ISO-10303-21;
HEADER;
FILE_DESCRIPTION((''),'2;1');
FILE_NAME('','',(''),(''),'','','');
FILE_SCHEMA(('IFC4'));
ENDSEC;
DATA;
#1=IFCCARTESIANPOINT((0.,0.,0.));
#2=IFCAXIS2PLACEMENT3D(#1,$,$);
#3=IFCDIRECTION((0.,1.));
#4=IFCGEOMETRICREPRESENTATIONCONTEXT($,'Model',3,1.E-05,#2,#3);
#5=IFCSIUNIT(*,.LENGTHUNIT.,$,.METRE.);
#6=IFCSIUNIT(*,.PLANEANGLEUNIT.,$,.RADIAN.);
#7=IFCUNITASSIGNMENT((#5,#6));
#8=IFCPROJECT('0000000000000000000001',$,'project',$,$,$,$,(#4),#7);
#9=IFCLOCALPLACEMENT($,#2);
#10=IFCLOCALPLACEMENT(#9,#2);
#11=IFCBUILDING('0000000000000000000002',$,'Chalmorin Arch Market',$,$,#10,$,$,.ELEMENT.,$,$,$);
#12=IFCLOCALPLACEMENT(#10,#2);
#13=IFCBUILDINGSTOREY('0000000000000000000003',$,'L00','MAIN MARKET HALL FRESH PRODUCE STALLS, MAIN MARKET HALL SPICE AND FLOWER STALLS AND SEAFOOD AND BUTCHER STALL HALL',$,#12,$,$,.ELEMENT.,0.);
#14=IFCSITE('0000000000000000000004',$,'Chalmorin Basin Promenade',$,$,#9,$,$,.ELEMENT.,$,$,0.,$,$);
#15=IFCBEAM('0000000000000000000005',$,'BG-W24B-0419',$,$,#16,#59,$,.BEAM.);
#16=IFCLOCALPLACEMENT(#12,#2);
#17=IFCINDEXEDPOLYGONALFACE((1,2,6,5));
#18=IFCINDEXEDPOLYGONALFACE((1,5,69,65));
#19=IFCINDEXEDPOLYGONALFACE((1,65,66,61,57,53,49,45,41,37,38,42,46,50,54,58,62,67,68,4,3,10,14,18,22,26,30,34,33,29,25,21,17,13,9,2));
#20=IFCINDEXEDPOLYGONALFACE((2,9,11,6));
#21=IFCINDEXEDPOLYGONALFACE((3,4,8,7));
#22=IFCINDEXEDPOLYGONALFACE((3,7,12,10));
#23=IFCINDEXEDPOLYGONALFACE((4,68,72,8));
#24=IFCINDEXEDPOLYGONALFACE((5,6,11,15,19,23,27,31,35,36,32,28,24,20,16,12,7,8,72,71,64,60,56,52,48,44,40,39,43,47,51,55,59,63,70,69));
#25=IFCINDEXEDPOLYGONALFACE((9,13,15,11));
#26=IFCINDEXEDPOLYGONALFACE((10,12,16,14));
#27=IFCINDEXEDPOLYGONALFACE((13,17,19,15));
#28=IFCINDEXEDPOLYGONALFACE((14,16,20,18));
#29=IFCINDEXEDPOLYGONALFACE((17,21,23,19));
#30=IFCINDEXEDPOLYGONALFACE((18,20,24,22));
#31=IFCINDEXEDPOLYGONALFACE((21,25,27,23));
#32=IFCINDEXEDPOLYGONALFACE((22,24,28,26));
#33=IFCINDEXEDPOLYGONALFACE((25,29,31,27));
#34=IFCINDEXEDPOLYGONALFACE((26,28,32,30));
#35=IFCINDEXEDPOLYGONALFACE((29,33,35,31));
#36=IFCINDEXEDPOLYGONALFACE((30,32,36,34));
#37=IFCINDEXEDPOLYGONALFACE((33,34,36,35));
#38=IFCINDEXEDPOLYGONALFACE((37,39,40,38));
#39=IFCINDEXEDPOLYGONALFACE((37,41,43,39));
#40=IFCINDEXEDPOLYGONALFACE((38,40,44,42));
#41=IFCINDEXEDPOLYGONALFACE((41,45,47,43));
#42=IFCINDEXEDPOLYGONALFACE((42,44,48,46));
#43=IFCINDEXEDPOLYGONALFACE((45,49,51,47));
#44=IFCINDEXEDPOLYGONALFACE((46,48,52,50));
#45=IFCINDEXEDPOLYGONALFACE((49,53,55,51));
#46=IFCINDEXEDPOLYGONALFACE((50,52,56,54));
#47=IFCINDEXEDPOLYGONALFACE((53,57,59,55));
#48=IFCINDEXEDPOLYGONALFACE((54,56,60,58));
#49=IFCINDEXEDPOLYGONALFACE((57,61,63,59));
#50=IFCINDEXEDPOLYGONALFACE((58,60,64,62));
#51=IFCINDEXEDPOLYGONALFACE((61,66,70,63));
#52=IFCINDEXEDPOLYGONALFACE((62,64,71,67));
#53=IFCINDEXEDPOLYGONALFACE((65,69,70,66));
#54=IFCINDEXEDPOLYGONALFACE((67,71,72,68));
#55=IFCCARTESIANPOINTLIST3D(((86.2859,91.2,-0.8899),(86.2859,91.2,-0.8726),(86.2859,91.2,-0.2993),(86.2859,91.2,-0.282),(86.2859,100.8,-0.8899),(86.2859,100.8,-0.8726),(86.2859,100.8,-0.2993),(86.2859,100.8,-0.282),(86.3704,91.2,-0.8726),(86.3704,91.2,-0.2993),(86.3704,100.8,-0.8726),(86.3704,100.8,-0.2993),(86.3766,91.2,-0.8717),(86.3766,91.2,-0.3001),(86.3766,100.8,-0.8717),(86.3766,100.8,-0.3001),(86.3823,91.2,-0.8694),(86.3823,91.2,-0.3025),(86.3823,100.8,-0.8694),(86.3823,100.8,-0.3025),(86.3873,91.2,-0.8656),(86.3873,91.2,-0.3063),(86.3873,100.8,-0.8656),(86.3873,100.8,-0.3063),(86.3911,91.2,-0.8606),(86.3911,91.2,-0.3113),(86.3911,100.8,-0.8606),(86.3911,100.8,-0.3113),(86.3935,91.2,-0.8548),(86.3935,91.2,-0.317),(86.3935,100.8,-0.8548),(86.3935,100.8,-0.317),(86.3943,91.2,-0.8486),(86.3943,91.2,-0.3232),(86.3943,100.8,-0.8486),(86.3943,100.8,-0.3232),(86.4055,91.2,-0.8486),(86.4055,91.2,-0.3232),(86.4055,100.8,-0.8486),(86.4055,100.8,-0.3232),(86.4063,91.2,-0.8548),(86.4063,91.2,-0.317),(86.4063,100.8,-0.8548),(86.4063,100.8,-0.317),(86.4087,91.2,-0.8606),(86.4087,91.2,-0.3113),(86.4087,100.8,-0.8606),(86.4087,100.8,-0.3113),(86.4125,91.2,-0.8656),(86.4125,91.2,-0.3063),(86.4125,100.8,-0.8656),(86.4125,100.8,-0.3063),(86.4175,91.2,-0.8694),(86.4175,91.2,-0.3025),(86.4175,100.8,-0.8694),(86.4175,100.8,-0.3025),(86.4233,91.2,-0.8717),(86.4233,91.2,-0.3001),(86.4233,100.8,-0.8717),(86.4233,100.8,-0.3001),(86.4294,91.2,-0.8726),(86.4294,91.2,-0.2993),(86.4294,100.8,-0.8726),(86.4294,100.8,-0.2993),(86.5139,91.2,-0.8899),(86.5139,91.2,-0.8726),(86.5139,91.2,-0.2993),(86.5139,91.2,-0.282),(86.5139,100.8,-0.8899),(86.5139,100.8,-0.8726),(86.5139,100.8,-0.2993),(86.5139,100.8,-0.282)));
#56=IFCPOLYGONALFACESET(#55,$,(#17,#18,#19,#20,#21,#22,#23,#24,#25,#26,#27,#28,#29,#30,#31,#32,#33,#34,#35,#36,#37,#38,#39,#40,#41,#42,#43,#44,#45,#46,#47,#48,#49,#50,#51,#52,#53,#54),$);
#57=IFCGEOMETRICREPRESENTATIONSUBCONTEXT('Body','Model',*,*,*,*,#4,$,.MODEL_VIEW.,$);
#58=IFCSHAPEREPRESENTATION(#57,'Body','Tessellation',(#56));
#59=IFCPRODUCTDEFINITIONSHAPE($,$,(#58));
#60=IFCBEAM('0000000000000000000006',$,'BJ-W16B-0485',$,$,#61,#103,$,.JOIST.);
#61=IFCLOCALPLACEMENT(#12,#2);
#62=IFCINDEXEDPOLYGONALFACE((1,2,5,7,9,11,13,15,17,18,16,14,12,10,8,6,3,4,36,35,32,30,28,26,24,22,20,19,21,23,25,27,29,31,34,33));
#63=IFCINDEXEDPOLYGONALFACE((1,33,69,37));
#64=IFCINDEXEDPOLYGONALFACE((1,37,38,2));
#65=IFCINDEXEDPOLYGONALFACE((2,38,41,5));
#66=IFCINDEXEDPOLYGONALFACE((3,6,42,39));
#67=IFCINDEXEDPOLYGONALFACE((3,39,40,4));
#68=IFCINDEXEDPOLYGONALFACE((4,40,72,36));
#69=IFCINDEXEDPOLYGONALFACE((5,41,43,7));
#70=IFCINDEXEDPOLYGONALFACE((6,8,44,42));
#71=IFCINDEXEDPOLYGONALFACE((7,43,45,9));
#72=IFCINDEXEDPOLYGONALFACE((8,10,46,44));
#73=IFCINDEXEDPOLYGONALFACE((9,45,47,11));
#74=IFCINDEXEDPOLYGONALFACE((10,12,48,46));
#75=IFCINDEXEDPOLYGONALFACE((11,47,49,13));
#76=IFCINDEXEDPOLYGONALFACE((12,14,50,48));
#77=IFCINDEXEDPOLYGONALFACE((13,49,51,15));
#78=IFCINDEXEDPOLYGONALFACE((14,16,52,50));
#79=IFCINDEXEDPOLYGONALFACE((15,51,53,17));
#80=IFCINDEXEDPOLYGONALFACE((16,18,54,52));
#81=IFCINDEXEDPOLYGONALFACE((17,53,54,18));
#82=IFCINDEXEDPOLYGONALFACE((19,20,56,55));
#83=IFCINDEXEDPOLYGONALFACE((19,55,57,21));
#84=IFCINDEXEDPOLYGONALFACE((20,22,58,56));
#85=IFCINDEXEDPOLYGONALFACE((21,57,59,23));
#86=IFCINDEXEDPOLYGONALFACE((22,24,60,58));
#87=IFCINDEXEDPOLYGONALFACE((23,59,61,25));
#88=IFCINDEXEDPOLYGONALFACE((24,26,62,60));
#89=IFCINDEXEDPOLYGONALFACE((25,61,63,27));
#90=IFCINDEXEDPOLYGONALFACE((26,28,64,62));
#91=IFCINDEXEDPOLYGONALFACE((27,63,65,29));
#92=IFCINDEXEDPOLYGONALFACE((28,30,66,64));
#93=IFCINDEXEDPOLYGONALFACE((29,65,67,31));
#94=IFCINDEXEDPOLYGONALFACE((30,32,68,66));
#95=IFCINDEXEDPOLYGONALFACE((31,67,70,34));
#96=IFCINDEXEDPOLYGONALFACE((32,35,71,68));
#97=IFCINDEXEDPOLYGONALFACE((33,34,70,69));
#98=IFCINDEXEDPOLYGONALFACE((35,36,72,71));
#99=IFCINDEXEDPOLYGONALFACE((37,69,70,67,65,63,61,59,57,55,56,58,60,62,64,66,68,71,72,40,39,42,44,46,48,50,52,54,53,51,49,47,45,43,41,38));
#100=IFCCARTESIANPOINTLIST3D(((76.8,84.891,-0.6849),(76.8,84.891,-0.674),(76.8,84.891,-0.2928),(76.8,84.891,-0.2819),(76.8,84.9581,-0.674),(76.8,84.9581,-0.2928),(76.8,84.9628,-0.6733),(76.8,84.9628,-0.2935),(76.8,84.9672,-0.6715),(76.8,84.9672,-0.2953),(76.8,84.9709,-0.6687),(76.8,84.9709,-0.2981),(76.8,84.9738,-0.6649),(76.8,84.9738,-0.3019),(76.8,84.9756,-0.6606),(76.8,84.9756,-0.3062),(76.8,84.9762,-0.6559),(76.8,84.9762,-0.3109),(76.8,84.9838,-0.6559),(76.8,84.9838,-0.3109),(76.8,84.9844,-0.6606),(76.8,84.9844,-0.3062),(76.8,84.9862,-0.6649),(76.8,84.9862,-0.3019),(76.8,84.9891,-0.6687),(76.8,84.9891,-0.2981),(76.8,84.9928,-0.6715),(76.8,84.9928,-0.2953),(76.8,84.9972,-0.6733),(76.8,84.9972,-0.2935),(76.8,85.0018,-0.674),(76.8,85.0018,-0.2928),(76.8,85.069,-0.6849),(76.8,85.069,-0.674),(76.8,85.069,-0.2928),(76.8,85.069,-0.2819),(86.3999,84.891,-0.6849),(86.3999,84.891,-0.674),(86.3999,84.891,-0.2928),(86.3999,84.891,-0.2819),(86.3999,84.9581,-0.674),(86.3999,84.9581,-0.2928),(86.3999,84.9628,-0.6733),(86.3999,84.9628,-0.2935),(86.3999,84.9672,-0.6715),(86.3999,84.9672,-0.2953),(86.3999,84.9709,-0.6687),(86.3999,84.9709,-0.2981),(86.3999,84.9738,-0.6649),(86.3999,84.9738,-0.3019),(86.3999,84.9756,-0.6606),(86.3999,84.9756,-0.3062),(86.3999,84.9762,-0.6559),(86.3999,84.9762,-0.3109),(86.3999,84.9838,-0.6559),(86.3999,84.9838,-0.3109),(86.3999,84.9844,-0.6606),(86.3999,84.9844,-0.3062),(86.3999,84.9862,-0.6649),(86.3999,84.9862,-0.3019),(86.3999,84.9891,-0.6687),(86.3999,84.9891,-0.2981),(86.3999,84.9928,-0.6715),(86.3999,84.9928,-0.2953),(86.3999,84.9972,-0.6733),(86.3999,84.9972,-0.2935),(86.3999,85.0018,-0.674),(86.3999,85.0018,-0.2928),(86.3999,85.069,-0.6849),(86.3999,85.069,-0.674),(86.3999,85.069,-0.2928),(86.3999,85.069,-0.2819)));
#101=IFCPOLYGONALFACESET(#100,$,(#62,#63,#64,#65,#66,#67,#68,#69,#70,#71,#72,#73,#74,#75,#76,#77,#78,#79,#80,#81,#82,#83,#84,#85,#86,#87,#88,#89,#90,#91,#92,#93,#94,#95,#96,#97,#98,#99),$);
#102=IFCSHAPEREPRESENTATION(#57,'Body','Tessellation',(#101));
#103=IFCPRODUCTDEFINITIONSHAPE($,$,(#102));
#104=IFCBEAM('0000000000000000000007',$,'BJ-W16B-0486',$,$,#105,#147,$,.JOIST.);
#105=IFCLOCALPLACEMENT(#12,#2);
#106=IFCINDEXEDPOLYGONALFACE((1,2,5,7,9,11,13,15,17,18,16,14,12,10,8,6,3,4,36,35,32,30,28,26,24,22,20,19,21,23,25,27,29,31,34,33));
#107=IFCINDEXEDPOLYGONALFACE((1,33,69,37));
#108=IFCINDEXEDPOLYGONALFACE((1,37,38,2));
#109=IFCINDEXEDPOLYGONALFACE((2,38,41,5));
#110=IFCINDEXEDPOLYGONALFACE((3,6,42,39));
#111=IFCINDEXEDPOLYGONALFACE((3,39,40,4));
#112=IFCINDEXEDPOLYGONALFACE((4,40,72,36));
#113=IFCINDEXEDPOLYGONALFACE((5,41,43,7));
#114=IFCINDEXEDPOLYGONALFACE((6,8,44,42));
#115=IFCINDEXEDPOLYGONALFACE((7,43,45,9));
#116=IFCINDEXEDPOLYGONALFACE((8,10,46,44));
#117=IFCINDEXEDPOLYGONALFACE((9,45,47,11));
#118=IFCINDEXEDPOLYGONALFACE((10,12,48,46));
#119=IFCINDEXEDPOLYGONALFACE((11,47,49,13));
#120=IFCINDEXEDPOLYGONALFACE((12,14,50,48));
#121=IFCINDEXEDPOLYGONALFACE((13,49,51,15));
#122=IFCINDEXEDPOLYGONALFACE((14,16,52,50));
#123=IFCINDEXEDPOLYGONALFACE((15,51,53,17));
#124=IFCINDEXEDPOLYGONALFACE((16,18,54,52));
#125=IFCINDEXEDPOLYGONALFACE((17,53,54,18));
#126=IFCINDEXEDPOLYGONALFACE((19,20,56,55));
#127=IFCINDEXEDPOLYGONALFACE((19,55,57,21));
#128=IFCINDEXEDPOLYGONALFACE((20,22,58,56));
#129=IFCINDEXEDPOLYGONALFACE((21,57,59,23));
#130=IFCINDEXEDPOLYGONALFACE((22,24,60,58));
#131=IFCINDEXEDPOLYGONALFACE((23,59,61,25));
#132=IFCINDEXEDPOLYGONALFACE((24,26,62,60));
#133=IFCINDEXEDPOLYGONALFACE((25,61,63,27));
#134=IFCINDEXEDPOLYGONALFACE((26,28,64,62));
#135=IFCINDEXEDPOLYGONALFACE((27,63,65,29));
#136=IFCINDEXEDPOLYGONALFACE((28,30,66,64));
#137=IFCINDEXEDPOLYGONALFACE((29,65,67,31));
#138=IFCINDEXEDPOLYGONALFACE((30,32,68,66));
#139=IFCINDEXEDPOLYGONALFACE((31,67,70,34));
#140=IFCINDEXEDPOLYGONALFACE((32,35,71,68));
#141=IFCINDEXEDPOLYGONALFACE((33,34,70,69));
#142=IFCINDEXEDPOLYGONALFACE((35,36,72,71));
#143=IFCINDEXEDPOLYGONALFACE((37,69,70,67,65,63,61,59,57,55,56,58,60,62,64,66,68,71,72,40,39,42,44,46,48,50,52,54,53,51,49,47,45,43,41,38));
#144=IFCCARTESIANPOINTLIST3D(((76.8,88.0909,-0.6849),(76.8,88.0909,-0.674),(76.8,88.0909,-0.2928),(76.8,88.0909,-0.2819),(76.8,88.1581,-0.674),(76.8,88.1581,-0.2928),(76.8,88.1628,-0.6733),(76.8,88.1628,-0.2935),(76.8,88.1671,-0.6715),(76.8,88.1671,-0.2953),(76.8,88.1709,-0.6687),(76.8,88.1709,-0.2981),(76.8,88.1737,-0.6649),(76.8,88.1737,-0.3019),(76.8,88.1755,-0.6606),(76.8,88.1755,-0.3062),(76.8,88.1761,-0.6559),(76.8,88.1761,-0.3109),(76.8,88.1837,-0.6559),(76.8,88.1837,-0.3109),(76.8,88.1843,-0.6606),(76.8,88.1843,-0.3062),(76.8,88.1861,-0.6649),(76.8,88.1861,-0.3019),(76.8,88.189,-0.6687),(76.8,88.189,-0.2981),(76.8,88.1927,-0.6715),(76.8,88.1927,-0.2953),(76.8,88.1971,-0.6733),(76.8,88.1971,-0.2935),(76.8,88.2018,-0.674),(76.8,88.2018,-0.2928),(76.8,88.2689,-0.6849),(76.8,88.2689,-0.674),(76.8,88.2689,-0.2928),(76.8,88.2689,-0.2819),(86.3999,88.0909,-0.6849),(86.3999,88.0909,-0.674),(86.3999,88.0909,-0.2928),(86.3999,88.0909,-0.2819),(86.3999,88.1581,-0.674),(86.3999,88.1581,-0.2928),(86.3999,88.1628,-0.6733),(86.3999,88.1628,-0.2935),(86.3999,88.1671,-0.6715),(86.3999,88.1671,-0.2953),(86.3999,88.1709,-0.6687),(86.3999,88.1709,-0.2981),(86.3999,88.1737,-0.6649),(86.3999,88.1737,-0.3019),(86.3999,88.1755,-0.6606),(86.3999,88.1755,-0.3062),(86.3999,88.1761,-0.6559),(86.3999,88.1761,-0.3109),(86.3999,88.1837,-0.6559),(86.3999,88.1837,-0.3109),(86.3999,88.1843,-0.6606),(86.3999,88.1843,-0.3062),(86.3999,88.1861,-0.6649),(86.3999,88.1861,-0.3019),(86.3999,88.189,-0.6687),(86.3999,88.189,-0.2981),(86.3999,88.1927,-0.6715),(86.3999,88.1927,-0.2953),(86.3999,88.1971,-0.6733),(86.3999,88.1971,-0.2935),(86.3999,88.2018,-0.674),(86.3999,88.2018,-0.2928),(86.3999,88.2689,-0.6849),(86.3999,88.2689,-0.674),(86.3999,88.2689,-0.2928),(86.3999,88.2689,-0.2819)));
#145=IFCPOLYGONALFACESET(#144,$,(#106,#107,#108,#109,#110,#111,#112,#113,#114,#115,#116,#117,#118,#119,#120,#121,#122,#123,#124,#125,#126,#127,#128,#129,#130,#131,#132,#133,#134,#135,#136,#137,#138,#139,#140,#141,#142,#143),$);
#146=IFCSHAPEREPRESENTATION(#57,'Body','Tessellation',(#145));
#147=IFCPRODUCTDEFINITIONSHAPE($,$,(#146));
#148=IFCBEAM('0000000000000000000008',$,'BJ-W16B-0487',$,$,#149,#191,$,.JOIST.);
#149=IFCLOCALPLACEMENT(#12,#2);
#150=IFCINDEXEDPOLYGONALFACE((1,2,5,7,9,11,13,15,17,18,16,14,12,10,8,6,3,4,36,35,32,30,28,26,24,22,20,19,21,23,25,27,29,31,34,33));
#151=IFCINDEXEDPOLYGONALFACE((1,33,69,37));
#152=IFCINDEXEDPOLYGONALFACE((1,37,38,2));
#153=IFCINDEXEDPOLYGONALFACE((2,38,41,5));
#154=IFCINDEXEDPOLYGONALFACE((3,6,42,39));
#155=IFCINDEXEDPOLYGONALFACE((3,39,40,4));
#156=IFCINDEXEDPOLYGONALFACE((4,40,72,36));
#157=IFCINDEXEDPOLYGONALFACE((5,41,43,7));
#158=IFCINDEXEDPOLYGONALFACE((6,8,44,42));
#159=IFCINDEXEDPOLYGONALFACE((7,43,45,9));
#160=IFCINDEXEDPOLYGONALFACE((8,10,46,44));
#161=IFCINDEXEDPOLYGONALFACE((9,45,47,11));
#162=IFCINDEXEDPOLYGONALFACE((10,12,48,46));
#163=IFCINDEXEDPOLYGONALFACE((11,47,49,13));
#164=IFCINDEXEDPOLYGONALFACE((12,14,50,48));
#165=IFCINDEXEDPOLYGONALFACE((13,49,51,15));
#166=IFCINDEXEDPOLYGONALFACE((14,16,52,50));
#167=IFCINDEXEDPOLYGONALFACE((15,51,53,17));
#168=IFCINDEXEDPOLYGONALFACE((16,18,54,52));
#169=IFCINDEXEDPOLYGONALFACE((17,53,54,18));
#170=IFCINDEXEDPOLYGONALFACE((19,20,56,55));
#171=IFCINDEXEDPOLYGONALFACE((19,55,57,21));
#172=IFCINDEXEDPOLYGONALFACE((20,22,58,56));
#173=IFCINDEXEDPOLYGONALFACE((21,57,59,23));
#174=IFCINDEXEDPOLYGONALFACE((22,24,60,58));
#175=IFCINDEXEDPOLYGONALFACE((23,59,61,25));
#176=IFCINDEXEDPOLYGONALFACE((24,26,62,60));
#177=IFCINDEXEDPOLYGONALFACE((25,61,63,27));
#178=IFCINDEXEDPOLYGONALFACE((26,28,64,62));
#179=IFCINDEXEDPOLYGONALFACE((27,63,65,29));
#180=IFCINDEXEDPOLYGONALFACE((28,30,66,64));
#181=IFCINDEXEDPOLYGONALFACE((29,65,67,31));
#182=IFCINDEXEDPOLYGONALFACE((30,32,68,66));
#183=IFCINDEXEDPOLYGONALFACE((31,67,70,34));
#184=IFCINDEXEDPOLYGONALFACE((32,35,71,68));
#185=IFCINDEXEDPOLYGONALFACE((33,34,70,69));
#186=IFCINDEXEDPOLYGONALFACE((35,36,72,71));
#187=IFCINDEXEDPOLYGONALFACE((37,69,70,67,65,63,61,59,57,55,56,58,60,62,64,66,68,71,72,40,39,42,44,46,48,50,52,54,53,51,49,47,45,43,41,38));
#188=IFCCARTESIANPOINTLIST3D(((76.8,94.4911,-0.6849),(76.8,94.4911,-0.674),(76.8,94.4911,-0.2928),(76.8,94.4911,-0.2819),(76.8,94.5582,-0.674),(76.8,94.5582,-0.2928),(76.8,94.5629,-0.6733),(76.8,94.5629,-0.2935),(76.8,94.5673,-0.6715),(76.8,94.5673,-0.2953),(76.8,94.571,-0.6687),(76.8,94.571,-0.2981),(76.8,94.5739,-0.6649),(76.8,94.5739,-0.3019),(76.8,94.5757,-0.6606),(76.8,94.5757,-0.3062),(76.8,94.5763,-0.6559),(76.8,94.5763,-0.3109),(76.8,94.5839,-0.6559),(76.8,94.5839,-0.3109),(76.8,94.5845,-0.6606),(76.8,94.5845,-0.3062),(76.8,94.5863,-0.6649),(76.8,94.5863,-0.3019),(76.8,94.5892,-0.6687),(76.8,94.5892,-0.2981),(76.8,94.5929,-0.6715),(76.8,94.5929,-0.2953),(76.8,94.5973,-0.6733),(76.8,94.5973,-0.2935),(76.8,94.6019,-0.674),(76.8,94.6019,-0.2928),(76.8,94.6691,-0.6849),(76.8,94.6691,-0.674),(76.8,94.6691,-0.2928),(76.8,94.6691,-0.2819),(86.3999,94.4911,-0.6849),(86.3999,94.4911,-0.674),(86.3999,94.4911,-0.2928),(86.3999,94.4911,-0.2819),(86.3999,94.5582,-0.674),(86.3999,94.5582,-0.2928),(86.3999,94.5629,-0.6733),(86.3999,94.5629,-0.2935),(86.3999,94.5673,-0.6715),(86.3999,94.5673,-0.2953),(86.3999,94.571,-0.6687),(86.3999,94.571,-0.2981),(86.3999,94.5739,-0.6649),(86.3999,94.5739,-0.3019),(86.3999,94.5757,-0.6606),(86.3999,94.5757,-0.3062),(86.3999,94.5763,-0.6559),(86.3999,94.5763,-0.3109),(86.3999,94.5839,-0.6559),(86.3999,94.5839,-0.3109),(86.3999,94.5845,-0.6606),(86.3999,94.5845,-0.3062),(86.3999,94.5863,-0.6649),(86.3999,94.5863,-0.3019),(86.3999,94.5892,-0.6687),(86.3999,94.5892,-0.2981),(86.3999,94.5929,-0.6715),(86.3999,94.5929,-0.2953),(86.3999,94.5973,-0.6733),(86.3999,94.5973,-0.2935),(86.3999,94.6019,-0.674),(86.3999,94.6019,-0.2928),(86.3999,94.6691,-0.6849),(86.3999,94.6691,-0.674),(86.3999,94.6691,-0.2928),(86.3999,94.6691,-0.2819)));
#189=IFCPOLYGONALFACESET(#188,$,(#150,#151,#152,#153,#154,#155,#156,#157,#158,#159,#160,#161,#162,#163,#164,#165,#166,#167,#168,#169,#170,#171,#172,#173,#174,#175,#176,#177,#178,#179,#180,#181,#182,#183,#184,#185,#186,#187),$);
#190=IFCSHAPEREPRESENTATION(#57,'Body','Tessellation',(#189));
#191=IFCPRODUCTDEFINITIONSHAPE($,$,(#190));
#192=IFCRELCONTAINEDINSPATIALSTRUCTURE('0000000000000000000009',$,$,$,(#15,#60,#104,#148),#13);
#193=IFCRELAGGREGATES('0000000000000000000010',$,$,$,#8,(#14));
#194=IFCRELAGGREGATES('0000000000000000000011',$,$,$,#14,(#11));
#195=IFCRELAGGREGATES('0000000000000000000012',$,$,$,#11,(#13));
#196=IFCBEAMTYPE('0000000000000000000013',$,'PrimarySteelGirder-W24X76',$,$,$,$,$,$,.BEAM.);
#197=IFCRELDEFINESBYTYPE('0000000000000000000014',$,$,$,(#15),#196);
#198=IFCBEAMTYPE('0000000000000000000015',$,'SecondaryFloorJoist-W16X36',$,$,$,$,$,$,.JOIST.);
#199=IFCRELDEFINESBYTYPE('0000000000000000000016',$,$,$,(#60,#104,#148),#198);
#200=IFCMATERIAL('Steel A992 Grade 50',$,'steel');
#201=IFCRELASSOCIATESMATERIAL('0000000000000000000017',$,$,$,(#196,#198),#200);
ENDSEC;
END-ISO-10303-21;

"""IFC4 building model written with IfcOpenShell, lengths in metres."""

from ifc_helpers import new_model, si_unit, direction, frame, origin, origin_2d, place, context, subcontext, project, spatial, i_section, extrude, material, material_profile, profile_set, type_object, element, save


model = new_model("IFC4")

# Units and contexts
model_context = context("Model", 3, precision=1e-05, world=origin(), true_north=direction((0.0, 1.0)))
body_context = subcontext(model_context, "Body", "Model", "MODEL_VIEW")
ifc_project = project(units=[si_unit("LENGTHUNIT", "METRE"), si_unit("PLANEANGLEUNIT", "RADIAN")], contexts=[model_context])

# Site, building, storey
site_placement = place(None, origin())
site = spatial("IfcSite", under=ifc_project, at=site_placement, Name="Chalmorin Basin Promenade", CompositionType="ELEMENT", RefElevation=0.0)
building_placement = place(site_placement, origin())
building = spatial("IfcBuilding", under=site, at=building_placement, Name="Chalmorin Arch Market", CompositionType="ELEMENT")
storey_placement = place(building_placement, origin())
storey = spatial("IfcBuildingStorey", under=building, at=storey_placement, Name="L00", Description="MAIN MARKET HALL FRESH PRODUCE STALLS, MAIN MARKET HALL SPICE AND FLOWER STALLS AND SEAFOOD AND BUTCHER STALL HALL", CompositionType="ELEMENT", Elevation=0.0)

# Beams
ifc_material_1 = material(Name="Steel A992 Grade 50", Category="steel")
ifc_material_profile_1 = material_profile(ifc_material_1, i_section(OverallWidth=0.228, OverallDepth=0.6079, WebThickness=0.0112, FlangeThickness=0.0173, FilletRadius=0.0239, at=origin_2d()), Name="W24X76")
ifc_profile_set_1 = profile_set([ifc_material_profile_1], Name="Steel A992 Grade 50")
beam_type_1 = type_object("IfcBeamType", Name="PrimarySteelGirder-W24X76", PredefinedType="BEAM", material=ifc_profile_set_1)
for number, where, z_axis, x_axis, name in (
    (1, (86.3999, 91.2, -0.5859), (0.0, 1.0, 0.0), (-1.0, 0.0, 0.0), "BG-W24B-0419"),
):
    element("IfcBeam", number, at=place(storey_placement, frame(where, z_axis=z_axis, x_axis=x_axis)), inside=storey, type_object=beam_type_1, Name=name, PredefinedType="BEAM", context=body_context, shape_type="SweptSolid", body=[
        extrude(i_section(OverallWidth=0.228, OverallDepth=0.6079, WebThickness=0.0112, FlangeThickness=0.0173, FilletRadius=0.0239, at=origin_2d()), origin(), (0.0, 0.0, 1.0), 9.6001),
    ])
ifc_material_profile_2 = material_profile(ifc_material_1, i_section(OverallWidth=0.178, OverallDepth=0.4031, WebThickness=0.0076, FlangeThickness=0.011, FilletRadius=0.0181, at=origin_2d()), Name="W16X36")
ifc_profile_set_2 = profile_set([ifc_material_profile_2], Name="Steel A992 Grade 50")
beam_type_2 = type_object("IfcBeamType", Name="SecondaryFloorJoist-W16X36", PredefinedType="JOIST", material=ifc_profile_set_2)
for number, where, z_axis, x_axis, name in (
    (2, (76.8, 84.98, -0.4834), (1.0, 0.0, 0.0), (0.0, 1.0, 0.0), "BJ-W16B-0485"),
    (3, (76.8, 88.1799, -0.4834), (1.0, 0.0, 0.0), (0.0, 1.0, 0.0), "BJ-W16B-0486"),
    (4, (76.8, 94.5801, -0.4834), (1.0, 0.0, 0.0), (0.0, 1.0, 0.0), "BJ-W16B-0487"),
):
    element("IfcBeam", number, at=place(storey_placement, frame(where, z_axis=z_axis, x_axis=x_axis)), inside=storey, type_object=beam_type_2, Name=name, PredefinedType="JOIST", context=body_context, shape_type="SweptSolid", body=[
        extrude(i_section(OverallWidth=0.178, OverallDepth=0.4031, WebThickness=0.0076, FlangeThickness=0.011, FilletRadius=0.0181, at=origin_2d()), origin(), (0.0, 0.0, 1.0), 9.5999),
    ])

save(model, "model.ifc")
